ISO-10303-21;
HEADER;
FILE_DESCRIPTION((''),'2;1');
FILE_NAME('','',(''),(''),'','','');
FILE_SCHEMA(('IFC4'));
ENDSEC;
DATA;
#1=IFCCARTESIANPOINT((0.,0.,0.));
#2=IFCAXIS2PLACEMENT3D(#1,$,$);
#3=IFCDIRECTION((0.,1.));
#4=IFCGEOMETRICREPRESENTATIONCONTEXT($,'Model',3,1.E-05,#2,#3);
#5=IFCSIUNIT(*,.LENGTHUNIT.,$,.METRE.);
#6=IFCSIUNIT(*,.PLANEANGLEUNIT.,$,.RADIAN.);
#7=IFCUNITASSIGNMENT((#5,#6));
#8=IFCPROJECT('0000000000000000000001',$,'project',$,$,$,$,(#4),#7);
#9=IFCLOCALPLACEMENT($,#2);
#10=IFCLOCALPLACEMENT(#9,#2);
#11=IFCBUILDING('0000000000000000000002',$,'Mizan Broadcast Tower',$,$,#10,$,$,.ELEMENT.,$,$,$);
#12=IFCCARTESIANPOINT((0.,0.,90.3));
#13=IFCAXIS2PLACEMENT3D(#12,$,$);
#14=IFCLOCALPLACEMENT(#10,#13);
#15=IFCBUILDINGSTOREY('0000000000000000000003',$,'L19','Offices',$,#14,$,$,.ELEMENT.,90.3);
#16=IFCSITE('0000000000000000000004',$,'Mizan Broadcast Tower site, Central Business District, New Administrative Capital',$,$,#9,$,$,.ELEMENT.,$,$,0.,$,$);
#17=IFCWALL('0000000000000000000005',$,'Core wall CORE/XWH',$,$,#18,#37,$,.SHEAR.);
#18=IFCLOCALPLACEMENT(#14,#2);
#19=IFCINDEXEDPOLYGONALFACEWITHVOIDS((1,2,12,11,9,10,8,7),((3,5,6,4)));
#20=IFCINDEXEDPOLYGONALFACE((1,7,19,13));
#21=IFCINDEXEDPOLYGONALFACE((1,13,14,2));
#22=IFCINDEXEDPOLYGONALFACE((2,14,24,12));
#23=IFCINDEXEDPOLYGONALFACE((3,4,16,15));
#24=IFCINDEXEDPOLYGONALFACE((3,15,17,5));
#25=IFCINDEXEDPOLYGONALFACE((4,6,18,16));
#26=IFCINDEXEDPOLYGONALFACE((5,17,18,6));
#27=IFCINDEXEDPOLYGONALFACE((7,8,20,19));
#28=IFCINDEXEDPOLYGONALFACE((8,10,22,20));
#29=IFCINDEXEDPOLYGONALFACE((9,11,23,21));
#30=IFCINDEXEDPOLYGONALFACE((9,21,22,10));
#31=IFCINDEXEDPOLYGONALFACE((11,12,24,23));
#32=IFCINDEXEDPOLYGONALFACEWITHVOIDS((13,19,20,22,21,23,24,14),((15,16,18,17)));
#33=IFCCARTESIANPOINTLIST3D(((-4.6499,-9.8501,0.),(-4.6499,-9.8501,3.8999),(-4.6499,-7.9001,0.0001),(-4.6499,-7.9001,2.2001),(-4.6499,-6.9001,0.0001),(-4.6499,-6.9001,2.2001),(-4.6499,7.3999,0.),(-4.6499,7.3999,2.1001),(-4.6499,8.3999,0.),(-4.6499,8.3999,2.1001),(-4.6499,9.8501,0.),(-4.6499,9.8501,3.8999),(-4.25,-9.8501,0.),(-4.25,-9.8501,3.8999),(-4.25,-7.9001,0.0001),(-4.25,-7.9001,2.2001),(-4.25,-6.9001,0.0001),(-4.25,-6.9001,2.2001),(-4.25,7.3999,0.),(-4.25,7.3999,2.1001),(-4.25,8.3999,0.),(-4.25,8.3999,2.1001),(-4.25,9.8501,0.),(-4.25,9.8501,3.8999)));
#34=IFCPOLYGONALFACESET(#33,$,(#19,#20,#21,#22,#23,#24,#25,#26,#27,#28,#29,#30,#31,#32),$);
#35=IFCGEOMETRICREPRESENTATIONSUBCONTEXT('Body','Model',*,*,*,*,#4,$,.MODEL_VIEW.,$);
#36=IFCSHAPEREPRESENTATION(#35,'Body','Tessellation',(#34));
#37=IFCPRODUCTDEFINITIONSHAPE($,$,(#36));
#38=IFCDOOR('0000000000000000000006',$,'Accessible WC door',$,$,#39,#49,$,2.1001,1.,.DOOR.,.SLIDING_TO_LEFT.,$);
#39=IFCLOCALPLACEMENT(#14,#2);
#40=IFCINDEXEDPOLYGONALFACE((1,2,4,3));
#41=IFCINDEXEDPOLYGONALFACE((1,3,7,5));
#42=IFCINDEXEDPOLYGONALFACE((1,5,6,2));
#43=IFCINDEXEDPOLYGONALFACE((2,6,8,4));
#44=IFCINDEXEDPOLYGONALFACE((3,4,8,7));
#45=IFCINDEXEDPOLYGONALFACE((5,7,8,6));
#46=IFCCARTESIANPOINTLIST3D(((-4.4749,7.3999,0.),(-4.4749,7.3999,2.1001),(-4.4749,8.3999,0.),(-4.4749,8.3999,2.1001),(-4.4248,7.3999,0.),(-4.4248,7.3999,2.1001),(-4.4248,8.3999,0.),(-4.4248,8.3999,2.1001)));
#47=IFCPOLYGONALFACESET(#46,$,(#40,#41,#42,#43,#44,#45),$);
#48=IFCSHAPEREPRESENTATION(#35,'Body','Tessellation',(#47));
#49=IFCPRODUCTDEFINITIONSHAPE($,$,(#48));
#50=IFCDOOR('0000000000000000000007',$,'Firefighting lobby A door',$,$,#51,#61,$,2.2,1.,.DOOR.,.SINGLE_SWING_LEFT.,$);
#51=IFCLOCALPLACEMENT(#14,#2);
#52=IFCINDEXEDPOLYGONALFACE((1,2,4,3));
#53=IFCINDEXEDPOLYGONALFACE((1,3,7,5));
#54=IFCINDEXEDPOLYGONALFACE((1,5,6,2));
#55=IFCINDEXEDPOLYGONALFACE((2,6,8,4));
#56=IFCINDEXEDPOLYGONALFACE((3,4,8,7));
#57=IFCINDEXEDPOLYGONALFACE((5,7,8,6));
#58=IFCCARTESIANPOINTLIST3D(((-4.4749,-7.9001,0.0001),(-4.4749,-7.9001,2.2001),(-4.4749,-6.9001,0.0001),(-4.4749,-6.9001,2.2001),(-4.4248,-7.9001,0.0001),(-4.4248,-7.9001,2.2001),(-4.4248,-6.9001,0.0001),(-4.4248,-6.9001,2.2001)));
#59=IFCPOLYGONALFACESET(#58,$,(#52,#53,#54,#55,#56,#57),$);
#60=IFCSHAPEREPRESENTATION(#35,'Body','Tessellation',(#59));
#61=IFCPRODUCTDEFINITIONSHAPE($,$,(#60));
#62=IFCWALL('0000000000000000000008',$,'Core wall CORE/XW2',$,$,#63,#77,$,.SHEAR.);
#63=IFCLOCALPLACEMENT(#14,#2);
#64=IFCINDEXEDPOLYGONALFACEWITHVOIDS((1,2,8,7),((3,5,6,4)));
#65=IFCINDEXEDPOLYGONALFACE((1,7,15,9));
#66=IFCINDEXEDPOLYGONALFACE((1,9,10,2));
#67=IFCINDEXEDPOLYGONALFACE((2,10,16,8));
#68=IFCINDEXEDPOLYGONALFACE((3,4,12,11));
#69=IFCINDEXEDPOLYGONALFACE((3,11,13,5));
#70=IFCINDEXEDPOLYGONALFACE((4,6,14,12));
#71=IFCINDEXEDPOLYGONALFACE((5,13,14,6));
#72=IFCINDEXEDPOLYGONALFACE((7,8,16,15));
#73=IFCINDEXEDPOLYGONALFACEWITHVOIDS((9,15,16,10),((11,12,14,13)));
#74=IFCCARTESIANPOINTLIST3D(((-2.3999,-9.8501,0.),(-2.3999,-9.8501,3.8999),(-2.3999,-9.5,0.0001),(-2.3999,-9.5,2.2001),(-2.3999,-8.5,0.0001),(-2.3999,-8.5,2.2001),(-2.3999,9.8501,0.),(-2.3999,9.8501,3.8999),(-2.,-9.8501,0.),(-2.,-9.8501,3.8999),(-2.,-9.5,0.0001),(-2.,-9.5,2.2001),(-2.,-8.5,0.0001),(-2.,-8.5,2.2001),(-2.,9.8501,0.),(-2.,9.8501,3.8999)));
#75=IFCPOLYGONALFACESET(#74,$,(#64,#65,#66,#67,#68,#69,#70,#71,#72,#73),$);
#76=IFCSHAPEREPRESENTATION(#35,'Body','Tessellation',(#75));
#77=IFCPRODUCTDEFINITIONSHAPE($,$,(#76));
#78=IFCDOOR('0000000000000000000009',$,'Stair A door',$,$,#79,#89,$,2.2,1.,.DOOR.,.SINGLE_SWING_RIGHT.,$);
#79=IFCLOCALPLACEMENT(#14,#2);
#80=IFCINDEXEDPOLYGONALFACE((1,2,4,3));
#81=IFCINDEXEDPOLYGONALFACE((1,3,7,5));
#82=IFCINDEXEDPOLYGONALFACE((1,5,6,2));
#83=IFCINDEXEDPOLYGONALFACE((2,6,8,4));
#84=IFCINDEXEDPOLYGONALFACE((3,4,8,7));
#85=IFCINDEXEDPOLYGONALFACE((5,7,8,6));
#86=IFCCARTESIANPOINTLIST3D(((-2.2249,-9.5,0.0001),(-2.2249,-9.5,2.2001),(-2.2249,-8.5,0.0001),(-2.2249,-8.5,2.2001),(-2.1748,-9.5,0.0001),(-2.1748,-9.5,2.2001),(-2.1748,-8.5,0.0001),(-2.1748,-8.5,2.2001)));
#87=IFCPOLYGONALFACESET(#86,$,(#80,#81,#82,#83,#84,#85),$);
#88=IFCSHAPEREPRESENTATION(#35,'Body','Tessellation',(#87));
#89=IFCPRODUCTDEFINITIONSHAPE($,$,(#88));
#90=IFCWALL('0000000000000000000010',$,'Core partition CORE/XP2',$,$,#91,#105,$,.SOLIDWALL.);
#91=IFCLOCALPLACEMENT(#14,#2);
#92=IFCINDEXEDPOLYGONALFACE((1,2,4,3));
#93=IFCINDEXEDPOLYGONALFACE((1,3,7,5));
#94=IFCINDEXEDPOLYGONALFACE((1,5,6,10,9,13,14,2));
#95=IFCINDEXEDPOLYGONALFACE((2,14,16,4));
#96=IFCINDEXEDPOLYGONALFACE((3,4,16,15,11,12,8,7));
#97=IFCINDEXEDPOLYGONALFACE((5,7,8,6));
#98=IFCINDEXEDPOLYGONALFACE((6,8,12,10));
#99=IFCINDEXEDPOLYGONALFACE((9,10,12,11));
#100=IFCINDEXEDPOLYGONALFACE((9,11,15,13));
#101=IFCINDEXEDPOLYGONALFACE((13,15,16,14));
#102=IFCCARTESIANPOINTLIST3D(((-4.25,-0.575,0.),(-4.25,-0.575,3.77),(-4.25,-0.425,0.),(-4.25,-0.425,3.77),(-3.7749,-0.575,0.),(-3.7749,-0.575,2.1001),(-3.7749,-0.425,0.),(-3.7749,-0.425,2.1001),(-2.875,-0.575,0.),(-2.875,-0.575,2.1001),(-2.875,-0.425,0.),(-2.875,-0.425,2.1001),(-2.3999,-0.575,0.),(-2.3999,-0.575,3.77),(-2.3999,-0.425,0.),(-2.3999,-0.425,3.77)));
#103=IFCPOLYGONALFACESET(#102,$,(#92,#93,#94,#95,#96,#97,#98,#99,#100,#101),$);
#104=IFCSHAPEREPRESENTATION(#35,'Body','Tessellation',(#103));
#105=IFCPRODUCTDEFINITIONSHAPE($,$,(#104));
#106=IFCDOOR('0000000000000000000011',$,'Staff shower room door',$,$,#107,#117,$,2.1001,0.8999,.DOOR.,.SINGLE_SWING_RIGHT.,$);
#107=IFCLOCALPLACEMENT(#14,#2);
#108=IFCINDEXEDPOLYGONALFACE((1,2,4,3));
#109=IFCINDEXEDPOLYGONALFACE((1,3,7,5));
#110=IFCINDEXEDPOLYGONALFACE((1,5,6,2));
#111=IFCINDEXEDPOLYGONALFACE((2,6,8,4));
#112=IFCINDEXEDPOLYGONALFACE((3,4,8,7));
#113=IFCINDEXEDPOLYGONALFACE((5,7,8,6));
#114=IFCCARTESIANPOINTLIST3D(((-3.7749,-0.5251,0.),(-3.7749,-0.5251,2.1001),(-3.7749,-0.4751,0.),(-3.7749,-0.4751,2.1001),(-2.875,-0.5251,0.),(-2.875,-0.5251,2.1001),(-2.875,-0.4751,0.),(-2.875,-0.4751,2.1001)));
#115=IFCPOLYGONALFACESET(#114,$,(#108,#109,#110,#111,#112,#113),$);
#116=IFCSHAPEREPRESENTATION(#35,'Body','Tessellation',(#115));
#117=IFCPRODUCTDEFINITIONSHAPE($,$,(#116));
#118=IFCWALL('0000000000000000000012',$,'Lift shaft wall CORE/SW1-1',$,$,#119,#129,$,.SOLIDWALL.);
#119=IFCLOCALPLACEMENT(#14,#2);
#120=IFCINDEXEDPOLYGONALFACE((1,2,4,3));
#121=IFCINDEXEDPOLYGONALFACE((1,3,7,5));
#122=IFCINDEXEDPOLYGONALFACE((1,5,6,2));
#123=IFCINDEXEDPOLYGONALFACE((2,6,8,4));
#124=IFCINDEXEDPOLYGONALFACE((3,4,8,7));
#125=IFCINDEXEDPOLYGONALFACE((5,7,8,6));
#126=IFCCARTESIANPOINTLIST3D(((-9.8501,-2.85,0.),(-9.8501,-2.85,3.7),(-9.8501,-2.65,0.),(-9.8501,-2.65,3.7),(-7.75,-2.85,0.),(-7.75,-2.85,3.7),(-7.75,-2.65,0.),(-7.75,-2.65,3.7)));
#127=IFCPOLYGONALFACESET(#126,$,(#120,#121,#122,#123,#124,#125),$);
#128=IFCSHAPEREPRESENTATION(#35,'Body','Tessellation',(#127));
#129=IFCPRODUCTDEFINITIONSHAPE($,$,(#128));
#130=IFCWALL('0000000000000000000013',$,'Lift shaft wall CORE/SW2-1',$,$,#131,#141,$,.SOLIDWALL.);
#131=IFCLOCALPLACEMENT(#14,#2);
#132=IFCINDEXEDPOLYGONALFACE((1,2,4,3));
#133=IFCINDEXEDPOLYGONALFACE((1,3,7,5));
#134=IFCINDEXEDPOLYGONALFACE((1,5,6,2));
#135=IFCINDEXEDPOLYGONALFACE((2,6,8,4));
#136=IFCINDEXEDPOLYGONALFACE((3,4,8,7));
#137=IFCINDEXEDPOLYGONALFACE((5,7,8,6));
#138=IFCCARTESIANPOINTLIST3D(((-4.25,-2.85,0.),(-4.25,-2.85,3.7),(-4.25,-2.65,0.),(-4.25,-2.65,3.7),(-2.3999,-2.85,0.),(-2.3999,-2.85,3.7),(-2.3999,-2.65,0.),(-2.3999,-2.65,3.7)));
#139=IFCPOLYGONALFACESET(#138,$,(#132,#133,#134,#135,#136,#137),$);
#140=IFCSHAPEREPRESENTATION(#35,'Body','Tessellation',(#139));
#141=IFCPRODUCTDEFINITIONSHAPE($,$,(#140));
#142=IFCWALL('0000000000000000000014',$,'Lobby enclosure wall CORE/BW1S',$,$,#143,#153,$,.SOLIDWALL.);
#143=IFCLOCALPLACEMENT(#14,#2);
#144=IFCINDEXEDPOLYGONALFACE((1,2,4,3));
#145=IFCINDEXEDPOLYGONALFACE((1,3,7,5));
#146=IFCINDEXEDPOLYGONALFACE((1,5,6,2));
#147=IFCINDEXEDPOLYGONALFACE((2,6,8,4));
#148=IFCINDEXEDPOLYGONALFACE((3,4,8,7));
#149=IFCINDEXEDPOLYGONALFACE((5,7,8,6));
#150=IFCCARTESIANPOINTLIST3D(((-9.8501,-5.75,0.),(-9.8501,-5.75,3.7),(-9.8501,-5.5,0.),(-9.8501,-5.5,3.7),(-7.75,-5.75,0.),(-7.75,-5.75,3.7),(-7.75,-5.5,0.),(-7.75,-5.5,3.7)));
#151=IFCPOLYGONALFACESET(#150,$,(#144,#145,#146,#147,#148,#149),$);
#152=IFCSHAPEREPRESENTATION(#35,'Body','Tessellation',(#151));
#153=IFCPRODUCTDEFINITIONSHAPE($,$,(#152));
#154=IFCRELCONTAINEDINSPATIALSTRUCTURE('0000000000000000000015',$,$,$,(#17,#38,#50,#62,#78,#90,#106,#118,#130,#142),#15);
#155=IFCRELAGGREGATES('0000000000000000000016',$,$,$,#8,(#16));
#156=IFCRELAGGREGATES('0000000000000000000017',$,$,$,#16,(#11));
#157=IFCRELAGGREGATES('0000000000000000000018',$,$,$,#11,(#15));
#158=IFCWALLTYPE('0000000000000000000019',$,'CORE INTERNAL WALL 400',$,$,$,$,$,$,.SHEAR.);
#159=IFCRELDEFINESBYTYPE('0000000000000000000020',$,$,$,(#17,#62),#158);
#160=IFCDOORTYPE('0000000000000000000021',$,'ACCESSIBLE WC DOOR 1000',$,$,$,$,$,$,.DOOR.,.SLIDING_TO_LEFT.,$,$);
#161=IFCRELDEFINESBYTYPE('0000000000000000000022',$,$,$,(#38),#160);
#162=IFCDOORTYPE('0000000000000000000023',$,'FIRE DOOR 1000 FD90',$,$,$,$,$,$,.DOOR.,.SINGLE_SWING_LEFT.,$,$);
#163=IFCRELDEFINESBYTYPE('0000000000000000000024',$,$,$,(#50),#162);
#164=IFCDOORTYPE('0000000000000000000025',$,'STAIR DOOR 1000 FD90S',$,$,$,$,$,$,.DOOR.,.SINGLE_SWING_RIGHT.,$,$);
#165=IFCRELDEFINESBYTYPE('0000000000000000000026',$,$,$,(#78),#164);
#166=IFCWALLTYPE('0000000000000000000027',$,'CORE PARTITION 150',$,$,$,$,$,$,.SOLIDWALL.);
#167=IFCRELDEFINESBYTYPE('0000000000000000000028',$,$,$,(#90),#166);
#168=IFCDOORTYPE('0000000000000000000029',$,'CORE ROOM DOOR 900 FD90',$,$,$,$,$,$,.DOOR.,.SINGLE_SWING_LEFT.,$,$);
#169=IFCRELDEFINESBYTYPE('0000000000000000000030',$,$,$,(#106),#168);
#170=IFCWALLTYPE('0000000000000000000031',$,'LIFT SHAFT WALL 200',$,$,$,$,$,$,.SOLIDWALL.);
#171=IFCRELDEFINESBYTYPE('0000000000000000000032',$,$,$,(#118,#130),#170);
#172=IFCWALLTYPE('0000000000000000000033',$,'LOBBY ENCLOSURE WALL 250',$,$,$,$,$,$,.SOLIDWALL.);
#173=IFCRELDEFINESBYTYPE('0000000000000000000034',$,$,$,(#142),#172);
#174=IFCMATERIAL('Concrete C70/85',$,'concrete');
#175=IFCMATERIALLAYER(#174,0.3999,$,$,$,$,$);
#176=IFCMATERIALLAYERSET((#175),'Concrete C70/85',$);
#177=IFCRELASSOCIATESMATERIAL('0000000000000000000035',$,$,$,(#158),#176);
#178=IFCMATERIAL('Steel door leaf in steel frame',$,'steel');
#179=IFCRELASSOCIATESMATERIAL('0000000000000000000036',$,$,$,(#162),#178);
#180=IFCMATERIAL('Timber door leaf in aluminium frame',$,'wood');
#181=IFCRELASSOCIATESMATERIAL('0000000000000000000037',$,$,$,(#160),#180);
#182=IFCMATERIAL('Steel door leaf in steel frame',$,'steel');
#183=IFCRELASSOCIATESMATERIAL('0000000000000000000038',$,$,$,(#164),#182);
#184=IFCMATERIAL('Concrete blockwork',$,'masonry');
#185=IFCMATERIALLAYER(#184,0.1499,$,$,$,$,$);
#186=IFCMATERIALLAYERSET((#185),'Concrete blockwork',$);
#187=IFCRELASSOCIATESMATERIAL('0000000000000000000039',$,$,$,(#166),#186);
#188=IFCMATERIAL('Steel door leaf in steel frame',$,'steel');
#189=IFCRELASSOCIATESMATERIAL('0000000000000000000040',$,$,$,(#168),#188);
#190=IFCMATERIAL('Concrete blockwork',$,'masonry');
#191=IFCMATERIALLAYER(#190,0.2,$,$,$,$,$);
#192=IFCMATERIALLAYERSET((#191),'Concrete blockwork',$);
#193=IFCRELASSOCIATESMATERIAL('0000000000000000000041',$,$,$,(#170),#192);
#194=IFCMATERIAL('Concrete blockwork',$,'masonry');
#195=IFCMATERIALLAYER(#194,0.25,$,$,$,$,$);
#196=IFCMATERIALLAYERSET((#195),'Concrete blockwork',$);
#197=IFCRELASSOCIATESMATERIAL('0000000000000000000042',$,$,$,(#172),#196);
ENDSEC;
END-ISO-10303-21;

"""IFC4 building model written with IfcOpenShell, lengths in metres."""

from ifc_helpers import new_model, si_unit, direction, frame, frame_2d, origin, place, context, subcontext, project, spatial, rectangle, extrude, material, layer, layer_set, type_object, element, fill, save


model = new_model("IFC4")

# Units and contexts
model_context = context("Model", 3, precision=1e-05, world=origin(), true_north=direction((0.0, 1.0)))
body_context = subcontext(model_context, "Body", "Model", "MODEL_VIEW")
ifc_project = project(units=[si_unit("LENGTHUNIT", "METRE"), si_unit("PLANEANGLEUNIT", "RADIAN")], contexts=[model_context])

# Site, building, storey
site_placement = place(None, origin())
site = spatial("IfcSite", under=ifc_project, at=site_placement, Name="Mizan Broadcast Tower site, Central Business District, New Administrative Capital", CompositionType="ELEMENT", RefElevation=0.0)
building_placement = place(site_placement, origin())
building = spatial("IfcBuilding", under=site, at=building_placement, Name="Mizan Broadcast Tower", CompositionType="ELEMENT")
storey_placement = place(building_placement, frame((0.0, 0.0, 90.3)))
storey = spatial("IfcBuildingStorey", under=building, at=storey_placement, Name="L19", Description="Offices", CompositionType="ELEMENT", Elevation=90.3)

# Wall, openings, doors
ifc_material_1 = material(Name="Concrete C70/85", Category="concrete")
ifc_layer_1 = layer(ifc_material_1, 0.3999)
ifc_layer_set_1 = layer_set([ifc_layer_1], Name="Concrete C70/85")
wall_type_1 = type_object("IfcWallType", Name="CORE INTERNAL WALL 400", PredefinedType="SHEAR", material=ifc_layer_set_1)
ifc_material_2 = material(Name="Steel door leaf in steel frame", Category="steel")
door_type_1 = type_object("IfcDoorType", Name="FIRE DOOR 1000 FD90", OperationType="SINGLE_SWING_LEFT", PredefinedType="DOOR", material=ifc_material_2)
wall_1_placement = place(storey_placement, frame((-4.45, -9.8501, 0.0), z_axis=(0.0, 0.0, 1.0), x_axis=(0.0, 1.0, 0.0)))
wall_1 = element("IfcWall", 1, at=wall_1_placement, inside=storey, type_object=wall_type_1, Name="Core wall CORE/XWH", PredefinedType="SHEAR", context=body_context, shape_type="SweptSolid", body=[
    extrude(rectangle(XDim=19.7002, YDim=0.3999, at=frame_2d((9.8501, 0.0))), origin(), (0.0, 0.0, 1.0), 3.8999),
])
opening_1_placement = place(wall_1_placement, frame((1.95, 0.0, 0.0)))
opening_1 = element("IfcOpeningElement", 2, at=opening_1_placement, cuts=wall_1, PredefinedType="OPENING", context=body_context, shape_type="SweptSolid", body=[
    extrude(rectangle(XDim=1.0, YDim=2.2, at=frame_2d((0.5, 1.1001))), frame((0.0, 0.21, 0.0), z_axis=(0.0, -1.0, 0.0), x_axis=(1.0, 0.0, 0.0)), (0.0, 0.0, 1.0), 0.4199),
])
opening_2_placement = place(wall_1_placement, frame((17.25, 0.0, 0.0)))
opening_2 = element("IfcOpeningElement", 3, at=opening_2_placement, cuts=wall_1, PredefinedType="OPENING", context=body_context, shape_type="SweptSolid", body=[
    extrude(rectangle(XDim=1.0, YDim=2.1001, at=frame_2d((0.5, 1.05))), frame((0.0, 0.21, 0.0), z_axis=(0.0, -1.0, 0.0), x_axis=(1.0, 0.0, 0.0)), (0.0, 0.0, 1.0), 0.4199),
])
ifc_material_3 = material(Name="Timber door leaf in aluminium frame", Category="wood")
door_type_2 = type_object("IfcDoorType", Name="ACCESSIBLE WC DOOR 1000", OperationType="SLIDING_TO_LEFT", PredefinedType="DOOR", material=ifc_material_3)
door_1_placement = place(opening_2_placement, origin())
door_1 = element("IfcDoor", 4, at=door_1_placement, inside=storey, type_object=door_type_2, Name="Accessible WC door", OperationType="SLIDING_TO_LEFT", OverallHeight=2.1001, OverallWidth=1.0, PredefinedType="DOOR", context=body_context, shape_type="SweptSolid", body=[
    extrude(rectangle(XDim=1.0, YDim=2.1001, at=frame_2d((0.5, 1.05))), frame((0.0, 0.0249, 0.0), z_axis=(0.0, -1.0, 0.0), x_axis=(1.0, 0.0, 0.0)), (0.0, 0.0, 1.0), 0.05),
])
fill(opening_2, door_1)
door_2_placement = place(opening_1_placement, origin())
door_2 = element("IfcDoor", 5, at=door_2_placement, inside=storey, type_object=door_type_1, Name="Firefighting lobby A door", OperationType="SINGLE_SWING_LEFT", OverallHeight=2.2, OverallWidth=1.0, PredefinedType="DOOR", context=body_context, shape_type="SweptSolid", body=[
    extrude(rectangle(XDim=1.0, YDim=2.2, at=frame_2d((0.5, 1.1001))), frame((0.0, 0.0249, 0.0), z_axis=(0.0, -1.0, 0.0), x_axis=(1.0, 0.0, 0.0)), (0.0, 0.0, 1.0), 0.05),
])
fill(opening_1, door_2)

# Walls, openings, doors
wall_2_placement = place(storey_placement, frame((-2.2, -9.8501, 0.0), z_axis=(0.0, 0.0, 1.0), x_axis=(0.0, 1.0, 0.0)))
wall_2 = element("IfcWall", 6, at=wall_2_placement, inside=storey, type_object=wall_type_1, Name="Core wall CORE/XW2", PredefinedType="SHEAR", context=body_context, shape_type="SweptSolid", body=[
    extrude(rectangle(XDim=19.7002, YDim=0.3999, at=frame_2d((9.8501, 0.0))), origin(), (0.0, 0.0, 1.0), 3.8999),
])
opening_3_placement = place(wall_2_placement, frame((0.3501, 0.0, 0.0)))
opening_3 = element("IfcOpeningElement", 7, at=opening_3_placement, cuts=wall_2, PredefinedType="OPENING", context=body_context, shape_type="SweptSolid", body=[
    extrude(rectangle(XDim=1.0, YDim=2.2, at=frame_2d((0.5, 1.1001))), frame((0.0, 0.21, 0.0), z_axis=(0.0, -1.0, 0.0), x_axis=(1.0, 0.0, 0.0)), (0.0, 0.0, 1.0), 0.4199),
])
ifc_material_4 = material(Name="Steel door leaf in steel frame", Category="steel")
door_type_3 = type_object("IfcDoorType", Name="STAIR DOOR 1000 FD90S", OperationType="SINGLE_SWING_RIGHT", PredefinedType="DOOR", material=ifc_material_4)
door_3_placement = place(opening_3_placement, origin())
door_3 = element("IfcDoor", 8, at=door_3_placement, inside=storey, type_object=door_type_3, Name="Stair A door", OperationType="SINGLE_SWING_RIGHT", OverallHeight=2.2, OverallWidth=1.0, PredefinedType="DOOR", context=body_context, shape_type="SweptSolid", body=[
    extrude(rectangle(XDim=1.0, YDim=2.2, at=frame_2d((0.5, 1.1001))), frame((0.0, 0.0249, 0.0), z_axis=(0.0, -1.0, 0.0), x_axis=(1.0, 0.0, 0.0)), (0.0, 0.0, 1.0), 0.05),
])
fill(opening_3, door_3)
ifc_material_5 = material(Name="Concrete blockwork", Category="masonry")
ifc_layer_2 = layer(ifc_material_5, 0.1499)
ifc_layer_set_2 = layer_set([ifc_layer_2], Name="Concrete blockwork")
wall_type_2 = type_object("IfcWallType", Name="CORE PARTITION 150", PredefinedType="SOLIDWALL", material=ifc_layer_set_2)
wall_3_placement = place(storey_placement, frame((-4.25, -0.5, 0.0), z_axis=(0.0, 0.0, 1.0), x_axis=(1.0, 0.0, 0.0)))
wall_3 = element("IfcWall", 9, at=wall_3_placement, inside=storey, type_object=wall_type_2, Name="Core partition CORE/XP2", PredefinedType="SOLIDWALL", context=body_context, shape_type="SweptSolid", body=[
    extrude(rectangle(XDim=1.8501, YDim=0.1499, at=frame_2d((0.925, 0.0))), origin(), (0.0, 0.0, 1.0), 3.77),
])
opening_4_placement = place(wall_3_placement, frame((0.4751, 0.0, 0.0)))
opening_4 = element("IfcOpeningElement", 10, at=opening_4_placement, cuts=wall_3, PredefinedType="OPENING", context=body_context, shape_type="SweptSolid", body=[
    extrude(rectangle(XDim=0.8999, YDim=2.1001, at=frame_2d((0.45, 1.05))), frame((0.0, 0.085, 0.0), z_axis=(0.0, -1.0, 0.0), x_axis=(1.0, 0.0, 0.0)), (0.0, 0.0, 1.0), 0.1699),
])
ifc_material_6 = material(Name="Steel door leaf in steel frame", Category="steel")
door_type_4 = type_object("IfcDoorType", Name="CORE ROOM DOOR 900 FD90", OperationType="SINGLE_SWING_LEFT", PredefinedType="DOOR", material=ifc_material_6)
door_4_placement = place(opening_4_placement, origin())
door_4 = element("IfcDoor", 11, at=door_4_placement, inside=storey, type_object=door_type_4, Name="Staff shower room door", OperationType="SINGLE_SWING_RIGHT", OverallHeight=2.1001, OverallWidth=0.8999, PredefinedType="DOOR", context=body_context, shape_type="SweptSolid", body=[
    extrude(rectangle(XDim=0.8999, YDim=2.1001, at=frame_2d((0.45, 1.05))), frame((0.0, 0.0249, 0.0), z_axis=(0.0, -1.0, 0.0), x_axis=(1.0, 0.0, 0.0)), (0.0, 0.0, 1.0), 0.05),
])
fill(opening_4, door_4)

# Walls
ifc_material_7 = material(Name="Concrete blockwork", Category="masonry")
ifc_layer_3 = layer(ifc_material_7, 0.2)
ifc_layer_set_3 = layer_set([ifc_layer_3], Name="Concrete blockwork")
wall_type_3 = type_object("IfcWallType", Name="LIFT SHAFT WALL 200", PredefinedType="SOLIDWALL", material=ifc_layer_set_3)
wall_4_placement = place(storey_placement, frame((-9.8501, -2.75, 0.0), z_axis=(0.0, 0.0, 1.0), x_axis=(1.0, 0.0, 0.0)))
element("IfcWall", 12, at=wall_4_placement, inside=storey, type_object=wall_type_3, Name="Lift shaft wall CORE/SW1-1", PredefinedType="SOLIDWALL", context=body_context, shape_type="SweptSolid", body=[
    extrude(rectangle(XDim=2.1001, YDim=0.2, at=frame_2d((1.05, 0.0))), origin(), (0.0, 0.0, 1.0), 3.7),
])
wall_5_placement = place(storey_placement, frame((-4.25, -2.75, 0.0), z_axis=(0.0, 0.0, 1.0), x_axis=(1.0, 0.0, 0.0)))
element("IfcWall", 13, at=wall_5_placement, inside=storey, type_object=wall_type_3, Name="Lift shaft wall CORE/SW2-1", PredefinedType="SOLIDWALL", context=body_context, shape_type="SweptSolid", body=[
    extrude(rectangle(XDim=1.8501, YDim=0.2, at=frame_2d((0.925, 0.0))), origin(), (0.0, 0.0, 1.0), 3.7),
])
ifc_material_8 = material(Name="Concrete blockwork", Category="masonry")
ifc_layer_4 = layer(ifc_material_8, 0.25)
ifc_layer_set_4 = layer_set([ifc_layer_4], Name="Concrete blockwork")
wall_type_4 = type_object("IfcWallType", Name="LOBBY ENCLOSURE WALL 250", PredefinedType="SOLIDWALL", material=ifc_layer_set_4)
wall_6_placement = place(storey_placement, frame((-9.8501, -5.625, 0.0), z_axis=(0.0, 0.0, 1.0), x_axis=(1.0, 0.0, 0.0)))
element("IfcWall", 14, at=wall_6_placement, inside=storey, type_object=wall_type_4, Name="Lobby enclosure wall CORE/BW1S", PredefinedType="SOLIDWALL", context=body_context, shape_type="SweptSolid", body=[
    extrude(rectangle(XDim=2.1001, YDim=0.25, at=frame_2d((1.05, 0.0))), origin(), (0.0, 0.0, 1.0), 3.7),
])

save(model, "model.ifc")
